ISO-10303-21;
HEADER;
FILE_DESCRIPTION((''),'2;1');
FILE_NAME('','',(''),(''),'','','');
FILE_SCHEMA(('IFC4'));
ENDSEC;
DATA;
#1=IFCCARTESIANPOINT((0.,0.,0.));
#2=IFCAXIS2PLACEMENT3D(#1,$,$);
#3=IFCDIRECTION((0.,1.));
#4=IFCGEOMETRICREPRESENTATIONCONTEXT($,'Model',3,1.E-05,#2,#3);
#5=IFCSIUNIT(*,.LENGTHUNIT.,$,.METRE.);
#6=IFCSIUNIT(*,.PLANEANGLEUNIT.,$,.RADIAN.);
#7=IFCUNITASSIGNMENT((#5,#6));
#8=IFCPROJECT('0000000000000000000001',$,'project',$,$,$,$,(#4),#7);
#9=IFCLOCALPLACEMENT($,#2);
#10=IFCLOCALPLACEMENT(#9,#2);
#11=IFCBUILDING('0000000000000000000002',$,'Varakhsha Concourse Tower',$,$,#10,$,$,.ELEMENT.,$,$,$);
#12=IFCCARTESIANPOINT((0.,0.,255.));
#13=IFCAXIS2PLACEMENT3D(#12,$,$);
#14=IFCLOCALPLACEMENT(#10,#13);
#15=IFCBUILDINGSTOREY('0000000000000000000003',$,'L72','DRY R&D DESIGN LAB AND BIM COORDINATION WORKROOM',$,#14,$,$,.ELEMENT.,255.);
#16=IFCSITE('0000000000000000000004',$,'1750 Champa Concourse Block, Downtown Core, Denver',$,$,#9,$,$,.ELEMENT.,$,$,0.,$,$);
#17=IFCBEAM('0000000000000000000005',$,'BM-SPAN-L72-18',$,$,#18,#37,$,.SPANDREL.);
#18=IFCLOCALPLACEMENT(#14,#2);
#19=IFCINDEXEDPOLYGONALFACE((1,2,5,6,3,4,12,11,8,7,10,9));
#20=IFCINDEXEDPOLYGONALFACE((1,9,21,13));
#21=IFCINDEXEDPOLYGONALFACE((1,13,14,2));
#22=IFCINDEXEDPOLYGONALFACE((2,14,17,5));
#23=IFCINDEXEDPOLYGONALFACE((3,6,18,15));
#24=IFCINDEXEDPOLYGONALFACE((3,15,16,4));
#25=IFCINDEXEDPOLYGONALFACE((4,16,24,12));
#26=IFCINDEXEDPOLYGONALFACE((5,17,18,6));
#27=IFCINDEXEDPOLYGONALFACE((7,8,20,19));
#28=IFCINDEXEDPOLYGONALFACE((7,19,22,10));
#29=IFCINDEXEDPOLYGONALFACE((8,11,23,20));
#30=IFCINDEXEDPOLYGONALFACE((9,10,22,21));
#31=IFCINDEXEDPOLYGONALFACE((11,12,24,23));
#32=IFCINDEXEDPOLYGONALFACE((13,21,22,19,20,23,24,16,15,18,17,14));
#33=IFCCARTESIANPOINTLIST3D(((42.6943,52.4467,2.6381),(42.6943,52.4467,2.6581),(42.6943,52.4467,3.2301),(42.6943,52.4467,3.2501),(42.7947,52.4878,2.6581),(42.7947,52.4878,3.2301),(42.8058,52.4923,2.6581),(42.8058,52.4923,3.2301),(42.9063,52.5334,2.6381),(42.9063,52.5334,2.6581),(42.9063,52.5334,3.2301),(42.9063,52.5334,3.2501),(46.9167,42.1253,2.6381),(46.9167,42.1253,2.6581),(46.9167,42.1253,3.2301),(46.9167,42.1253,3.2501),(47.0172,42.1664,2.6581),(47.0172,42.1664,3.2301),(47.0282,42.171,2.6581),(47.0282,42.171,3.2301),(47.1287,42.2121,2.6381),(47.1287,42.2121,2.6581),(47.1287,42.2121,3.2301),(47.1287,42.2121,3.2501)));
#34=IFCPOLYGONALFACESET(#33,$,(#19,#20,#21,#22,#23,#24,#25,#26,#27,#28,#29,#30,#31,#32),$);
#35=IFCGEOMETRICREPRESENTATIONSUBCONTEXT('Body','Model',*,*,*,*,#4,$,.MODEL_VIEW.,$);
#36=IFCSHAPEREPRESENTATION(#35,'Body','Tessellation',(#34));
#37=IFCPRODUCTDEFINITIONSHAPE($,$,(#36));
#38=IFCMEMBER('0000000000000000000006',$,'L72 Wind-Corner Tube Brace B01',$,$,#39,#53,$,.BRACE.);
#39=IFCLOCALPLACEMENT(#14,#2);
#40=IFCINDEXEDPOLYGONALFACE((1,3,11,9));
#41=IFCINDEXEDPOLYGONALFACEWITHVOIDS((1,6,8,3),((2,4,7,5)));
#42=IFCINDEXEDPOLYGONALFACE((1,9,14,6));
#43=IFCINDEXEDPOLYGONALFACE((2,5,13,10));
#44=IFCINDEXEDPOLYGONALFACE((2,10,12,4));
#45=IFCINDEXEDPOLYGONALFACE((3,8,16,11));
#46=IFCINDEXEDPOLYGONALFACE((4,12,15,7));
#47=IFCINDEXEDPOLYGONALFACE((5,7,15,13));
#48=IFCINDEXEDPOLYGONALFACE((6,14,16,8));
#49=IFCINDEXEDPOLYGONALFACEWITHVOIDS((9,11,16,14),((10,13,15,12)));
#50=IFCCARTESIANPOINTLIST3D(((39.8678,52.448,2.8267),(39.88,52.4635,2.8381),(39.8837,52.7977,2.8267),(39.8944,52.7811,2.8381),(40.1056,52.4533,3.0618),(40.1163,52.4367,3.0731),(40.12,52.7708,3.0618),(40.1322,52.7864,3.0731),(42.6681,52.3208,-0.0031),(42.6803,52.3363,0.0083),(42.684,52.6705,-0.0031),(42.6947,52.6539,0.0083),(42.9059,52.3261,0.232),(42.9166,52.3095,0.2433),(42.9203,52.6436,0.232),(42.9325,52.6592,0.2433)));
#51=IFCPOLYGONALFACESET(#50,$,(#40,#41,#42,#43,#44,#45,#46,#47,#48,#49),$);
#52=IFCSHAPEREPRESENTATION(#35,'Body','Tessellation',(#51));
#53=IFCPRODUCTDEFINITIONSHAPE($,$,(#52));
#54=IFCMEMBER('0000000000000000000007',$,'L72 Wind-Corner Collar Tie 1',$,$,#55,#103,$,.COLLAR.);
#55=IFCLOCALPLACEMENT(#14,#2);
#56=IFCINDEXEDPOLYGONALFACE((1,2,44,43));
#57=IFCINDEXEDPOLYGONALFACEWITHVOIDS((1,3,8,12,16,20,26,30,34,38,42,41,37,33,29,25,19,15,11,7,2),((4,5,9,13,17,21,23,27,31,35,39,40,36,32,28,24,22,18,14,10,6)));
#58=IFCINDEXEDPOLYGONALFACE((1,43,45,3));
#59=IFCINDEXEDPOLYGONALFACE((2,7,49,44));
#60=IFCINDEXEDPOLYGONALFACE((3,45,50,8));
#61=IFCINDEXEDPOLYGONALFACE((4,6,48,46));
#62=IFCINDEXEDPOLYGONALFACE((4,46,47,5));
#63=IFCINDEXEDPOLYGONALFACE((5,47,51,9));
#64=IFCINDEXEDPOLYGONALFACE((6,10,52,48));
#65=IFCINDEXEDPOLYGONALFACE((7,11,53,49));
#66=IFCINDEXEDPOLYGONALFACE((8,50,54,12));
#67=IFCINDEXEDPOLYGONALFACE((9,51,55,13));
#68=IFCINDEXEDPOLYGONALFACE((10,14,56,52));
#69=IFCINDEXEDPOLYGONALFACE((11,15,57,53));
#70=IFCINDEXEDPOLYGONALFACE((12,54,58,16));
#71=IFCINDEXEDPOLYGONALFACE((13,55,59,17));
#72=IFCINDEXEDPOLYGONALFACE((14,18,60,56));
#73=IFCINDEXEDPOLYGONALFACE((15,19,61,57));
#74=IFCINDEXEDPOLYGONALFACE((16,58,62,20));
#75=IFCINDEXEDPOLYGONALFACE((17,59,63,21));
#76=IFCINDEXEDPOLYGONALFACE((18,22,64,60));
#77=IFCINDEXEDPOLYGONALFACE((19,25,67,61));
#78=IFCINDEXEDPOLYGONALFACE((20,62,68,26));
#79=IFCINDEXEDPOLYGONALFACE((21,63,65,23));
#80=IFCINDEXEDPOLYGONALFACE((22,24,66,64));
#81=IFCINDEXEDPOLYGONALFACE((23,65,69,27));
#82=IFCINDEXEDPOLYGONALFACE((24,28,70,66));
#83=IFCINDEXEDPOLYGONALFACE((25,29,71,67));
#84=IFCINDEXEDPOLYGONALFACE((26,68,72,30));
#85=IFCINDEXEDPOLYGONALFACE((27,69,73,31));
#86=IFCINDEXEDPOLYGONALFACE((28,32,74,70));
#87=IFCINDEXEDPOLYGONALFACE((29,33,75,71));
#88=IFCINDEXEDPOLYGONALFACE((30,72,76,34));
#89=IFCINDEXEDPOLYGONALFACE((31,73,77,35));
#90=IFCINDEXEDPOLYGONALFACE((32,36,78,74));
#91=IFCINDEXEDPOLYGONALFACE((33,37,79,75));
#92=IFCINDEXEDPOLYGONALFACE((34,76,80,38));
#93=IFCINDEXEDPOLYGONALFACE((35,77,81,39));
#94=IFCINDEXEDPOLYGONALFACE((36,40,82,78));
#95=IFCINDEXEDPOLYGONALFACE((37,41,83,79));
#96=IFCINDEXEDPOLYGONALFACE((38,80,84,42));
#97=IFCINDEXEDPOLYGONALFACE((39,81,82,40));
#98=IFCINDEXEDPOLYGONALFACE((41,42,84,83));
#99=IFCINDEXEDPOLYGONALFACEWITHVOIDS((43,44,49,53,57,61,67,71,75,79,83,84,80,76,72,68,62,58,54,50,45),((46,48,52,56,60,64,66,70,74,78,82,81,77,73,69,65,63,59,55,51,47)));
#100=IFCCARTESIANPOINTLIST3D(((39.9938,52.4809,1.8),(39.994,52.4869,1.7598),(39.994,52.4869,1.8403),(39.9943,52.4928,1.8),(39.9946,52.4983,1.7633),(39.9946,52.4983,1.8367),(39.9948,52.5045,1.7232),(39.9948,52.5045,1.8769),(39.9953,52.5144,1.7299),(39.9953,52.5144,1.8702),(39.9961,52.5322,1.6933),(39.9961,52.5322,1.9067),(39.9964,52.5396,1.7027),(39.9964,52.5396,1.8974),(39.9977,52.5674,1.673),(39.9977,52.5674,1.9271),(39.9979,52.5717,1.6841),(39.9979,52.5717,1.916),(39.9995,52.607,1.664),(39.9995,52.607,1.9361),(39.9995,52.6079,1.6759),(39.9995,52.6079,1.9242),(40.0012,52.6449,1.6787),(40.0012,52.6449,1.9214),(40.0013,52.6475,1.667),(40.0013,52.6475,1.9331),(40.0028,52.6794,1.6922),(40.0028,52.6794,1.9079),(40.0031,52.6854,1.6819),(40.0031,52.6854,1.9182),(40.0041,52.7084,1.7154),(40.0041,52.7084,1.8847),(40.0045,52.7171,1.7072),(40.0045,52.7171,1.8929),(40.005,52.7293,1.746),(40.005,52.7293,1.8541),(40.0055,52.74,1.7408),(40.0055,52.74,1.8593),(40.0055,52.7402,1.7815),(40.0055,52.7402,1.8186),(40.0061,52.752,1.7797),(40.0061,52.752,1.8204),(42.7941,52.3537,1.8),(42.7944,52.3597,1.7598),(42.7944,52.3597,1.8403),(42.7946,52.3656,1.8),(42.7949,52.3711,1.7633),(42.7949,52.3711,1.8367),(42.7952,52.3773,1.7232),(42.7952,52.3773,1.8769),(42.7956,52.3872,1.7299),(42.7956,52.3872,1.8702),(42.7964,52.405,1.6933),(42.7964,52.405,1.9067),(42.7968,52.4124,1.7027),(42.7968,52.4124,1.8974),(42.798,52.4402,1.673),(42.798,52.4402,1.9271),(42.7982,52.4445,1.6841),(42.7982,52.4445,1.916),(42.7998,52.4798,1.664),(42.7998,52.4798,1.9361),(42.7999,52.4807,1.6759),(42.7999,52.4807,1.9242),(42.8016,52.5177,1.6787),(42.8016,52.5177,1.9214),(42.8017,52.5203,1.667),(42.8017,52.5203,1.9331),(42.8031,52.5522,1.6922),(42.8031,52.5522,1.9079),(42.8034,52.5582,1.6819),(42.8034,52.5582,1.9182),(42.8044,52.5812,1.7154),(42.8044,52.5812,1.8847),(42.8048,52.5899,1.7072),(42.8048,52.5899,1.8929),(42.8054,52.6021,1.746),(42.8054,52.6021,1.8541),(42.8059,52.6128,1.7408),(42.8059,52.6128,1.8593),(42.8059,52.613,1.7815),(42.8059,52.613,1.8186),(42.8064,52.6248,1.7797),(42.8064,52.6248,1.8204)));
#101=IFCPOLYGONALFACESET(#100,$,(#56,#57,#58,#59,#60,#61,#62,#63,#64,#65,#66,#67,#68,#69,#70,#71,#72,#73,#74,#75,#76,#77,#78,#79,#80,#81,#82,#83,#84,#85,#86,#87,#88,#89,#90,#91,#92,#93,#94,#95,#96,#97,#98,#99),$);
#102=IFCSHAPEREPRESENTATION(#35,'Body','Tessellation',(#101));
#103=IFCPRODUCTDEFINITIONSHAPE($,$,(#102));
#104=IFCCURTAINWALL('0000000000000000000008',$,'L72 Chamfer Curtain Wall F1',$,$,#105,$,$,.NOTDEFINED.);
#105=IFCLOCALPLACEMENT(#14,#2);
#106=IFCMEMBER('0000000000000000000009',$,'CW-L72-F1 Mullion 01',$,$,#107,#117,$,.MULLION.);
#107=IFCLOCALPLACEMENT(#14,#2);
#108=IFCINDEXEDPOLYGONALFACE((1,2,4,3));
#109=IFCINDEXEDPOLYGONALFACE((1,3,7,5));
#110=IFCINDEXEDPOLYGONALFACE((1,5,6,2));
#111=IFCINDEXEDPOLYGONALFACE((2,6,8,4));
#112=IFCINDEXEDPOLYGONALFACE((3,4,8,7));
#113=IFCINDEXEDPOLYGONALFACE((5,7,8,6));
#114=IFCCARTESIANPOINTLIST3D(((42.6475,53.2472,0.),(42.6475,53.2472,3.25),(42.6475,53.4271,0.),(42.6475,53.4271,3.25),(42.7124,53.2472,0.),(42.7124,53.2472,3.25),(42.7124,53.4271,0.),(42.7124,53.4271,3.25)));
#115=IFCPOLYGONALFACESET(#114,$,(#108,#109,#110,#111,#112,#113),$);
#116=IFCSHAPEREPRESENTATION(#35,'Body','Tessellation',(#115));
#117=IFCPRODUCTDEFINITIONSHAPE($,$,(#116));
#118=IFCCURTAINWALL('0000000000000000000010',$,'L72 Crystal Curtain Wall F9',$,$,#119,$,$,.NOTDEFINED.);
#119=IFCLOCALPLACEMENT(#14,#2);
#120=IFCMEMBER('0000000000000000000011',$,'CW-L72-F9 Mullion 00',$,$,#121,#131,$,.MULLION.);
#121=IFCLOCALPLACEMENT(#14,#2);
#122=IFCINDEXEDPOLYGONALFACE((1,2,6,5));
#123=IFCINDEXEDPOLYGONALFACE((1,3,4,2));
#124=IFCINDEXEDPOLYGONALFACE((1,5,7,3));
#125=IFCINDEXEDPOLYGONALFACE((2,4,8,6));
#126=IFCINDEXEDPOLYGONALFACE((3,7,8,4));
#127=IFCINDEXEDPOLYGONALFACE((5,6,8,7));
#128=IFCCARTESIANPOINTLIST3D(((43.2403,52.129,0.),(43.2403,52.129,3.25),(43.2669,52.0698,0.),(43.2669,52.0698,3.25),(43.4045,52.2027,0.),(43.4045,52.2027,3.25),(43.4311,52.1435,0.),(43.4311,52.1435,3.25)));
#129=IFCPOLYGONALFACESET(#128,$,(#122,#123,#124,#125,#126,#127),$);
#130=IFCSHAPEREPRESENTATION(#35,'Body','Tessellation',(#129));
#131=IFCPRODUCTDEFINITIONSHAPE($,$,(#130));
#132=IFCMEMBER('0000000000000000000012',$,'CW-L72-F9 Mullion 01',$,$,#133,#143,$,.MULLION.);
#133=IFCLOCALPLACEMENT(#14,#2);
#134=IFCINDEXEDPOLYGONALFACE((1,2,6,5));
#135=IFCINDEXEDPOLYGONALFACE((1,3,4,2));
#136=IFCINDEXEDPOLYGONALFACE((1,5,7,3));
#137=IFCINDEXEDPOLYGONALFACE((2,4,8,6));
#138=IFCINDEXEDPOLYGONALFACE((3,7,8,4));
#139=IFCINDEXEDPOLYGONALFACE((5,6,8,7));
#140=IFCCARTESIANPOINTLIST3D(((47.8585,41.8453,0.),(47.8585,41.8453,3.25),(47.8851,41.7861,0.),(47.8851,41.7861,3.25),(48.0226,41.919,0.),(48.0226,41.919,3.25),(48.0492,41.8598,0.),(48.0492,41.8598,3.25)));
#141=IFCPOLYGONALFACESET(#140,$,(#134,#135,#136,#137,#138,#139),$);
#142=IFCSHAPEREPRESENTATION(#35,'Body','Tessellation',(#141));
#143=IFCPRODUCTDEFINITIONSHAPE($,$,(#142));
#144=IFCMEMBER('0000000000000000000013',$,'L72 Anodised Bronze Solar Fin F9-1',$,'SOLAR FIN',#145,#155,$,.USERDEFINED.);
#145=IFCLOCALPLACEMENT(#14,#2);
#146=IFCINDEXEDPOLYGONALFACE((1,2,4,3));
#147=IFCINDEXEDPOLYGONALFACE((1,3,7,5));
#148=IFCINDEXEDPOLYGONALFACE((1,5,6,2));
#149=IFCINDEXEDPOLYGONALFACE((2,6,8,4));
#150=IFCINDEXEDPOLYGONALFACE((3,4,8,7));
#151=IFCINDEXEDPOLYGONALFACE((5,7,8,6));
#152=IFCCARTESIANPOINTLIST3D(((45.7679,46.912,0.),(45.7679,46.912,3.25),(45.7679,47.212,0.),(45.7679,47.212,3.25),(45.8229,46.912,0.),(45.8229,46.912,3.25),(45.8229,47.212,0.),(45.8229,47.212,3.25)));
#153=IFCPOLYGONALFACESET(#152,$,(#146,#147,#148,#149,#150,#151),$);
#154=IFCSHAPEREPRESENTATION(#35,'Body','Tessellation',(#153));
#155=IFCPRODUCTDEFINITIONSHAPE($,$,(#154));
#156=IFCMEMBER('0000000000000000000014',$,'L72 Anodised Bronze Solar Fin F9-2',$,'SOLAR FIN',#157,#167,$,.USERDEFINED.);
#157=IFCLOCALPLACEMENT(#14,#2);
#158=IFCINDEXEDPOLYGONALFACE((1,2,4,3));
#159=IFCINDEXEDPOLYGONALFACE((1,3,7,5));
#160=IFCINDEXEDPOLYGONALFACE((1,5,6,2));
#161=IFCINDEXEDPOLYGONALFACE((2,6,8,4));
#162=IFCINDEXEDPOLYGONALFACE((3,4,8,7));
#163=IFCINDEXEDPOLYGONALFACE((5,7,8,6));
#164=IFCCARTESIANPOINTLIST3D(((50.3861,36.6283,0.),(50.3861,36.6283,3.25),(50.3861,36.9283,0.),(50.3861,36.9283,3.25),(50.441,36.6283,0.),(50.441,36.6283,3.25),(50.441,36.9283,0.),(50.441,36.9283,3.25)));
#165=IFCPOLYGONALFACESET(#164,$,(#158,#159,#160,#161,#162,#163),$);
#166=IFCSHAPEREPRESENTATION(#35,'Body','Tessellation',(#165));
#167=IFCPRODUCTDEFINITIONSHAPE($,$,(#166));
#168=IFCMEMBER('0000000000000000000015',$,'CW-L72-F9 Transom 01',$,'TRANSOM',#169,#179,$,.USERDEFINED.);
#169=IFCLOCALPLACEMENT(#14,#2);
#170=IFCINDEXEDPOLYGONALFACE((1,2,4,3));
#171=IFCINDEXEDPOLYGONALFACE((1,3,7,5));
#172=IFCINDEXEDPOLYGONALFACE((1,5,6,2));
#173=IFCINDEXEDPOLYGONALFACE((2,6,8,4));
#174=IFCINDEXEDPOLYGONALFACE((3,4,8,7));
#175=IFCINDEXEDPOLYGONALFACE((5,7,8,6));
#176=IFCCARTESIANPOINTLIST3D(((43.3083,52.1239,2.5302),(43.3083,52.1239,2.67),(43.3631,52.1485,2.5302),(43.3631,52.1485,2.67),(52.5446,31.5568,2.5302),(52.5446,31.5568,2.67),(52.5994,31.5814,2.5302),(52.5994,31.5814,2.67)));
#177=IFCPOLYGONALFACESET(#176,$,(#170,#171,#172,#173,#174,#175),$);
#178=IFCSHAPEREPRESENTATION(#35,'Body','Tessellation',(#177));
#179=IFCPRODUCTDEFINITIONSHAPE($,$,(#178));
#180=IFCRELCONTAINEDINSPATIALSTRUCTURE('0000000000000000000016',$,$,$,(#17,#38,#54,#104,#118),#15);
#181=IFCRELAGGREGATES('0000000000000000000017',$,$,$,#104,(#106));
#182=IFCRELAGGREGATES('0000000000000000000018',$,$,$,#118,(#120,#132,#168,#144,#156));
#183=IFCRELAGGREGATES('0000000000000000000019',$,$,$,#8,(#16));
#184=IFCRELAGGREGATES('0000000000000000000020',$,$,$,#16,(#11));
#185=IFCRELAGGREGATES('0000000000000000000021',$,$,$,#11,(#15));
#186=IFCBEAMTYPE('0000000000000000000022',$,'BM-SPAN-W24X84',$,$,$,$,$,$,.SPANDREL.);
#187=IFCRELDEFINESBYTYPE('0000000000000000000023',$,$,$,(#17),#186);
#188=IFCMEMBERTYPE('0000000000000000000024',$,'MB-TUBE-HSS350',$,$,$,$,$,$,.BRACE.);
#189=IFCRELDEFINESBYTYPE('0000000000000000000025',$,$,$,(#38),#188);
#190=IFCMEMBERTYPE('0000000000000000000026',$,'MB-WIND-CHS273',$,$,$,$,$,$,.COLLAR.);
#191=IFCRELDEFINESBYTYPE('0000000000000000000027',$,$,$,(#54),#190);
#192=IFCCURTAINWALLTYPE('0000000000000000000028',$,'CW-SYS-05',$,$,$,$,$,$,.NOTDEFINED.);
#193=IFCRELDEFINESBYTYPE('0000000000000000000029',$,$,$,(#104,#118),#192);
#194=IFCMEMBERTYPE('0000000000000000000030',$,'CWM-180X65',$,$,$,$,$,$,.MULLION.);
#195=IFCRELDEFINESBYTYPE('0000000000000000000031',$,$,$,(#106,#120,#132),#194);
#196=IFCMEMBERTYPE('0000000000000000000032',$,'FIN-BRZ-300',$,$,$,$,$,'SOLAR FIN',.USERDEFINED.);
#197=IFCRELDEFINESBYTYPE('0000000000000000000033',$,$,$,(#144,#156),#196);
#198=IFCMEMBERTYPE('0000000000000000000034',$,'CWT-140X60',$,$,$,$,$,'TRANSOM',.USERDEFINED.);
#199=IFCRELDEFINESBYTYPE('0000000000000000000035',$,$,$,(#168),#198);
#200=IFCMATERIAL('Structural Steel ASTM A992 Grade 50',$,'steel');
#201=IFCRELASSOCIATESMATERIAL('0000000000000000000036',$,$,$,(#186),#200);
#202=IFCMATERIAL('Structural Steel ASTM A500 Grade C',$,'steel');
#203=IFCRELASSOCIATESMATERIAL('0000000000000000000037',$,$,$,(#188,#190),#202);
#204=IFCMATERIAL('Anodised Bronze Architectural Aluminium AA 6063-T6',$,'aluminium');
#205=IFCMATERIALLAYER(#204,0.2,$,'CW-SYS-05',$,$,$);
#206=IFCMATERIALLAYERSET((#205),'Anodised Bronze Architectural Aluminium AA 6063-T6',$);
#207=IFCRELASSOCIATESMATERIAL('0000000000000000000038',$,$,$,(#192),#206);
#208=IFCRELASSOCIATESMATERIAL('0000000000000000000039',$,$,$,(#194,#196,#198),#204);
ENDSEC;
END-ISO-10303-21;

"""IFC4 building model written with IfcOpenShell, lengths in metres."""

from ifc_helpers import new_model, si_unit, direction, frame, origin, origin_2d, place, context, subcontext, project, spatial, rectangle, hollow_rectangle, hollow_circle, i_section, extrude, source, transform, mapped, material, layer, layer_set, material_profile, profile_set, type_object, type_shapes, element, aggregate, save


model = new_model("IFC4")

# Units and contexts
model_context = context("Model", 3, precision=1e-05, world=origin(), true_north=direction((0.0, 1.0)))
body_context = subcontext(model_context, "Body", "Model", "MODEL_VIEW")
ifc_project = project(units=[si_unit("LENGTHUNIT", "METRE"), si_unit("PLANEANGLEUNIT", "RADIAN")], contexts=[model_context])

# Site, building, storey
site_placement = place(None, origin())
site = spatial("IfcSite", under=ifc_project, at=site_placement, Name="1750 Champa Concourse Block, Downtown Core, Denver", CompositionType="ELEMENT", RefElevation=0.0)
building_placement = place(site_placement, origin())
building = spatial("IfcBuilding", under=site, at=building_placement, Name="Varakhsha Concourse Tower", CompositionType="ELEMENT")
storey_placement = place(building_placement, frame((0.0, 0.0, 255.0)))
storey = spatial("IfcBuildingStorey", under=building, at=storey_placement, Name="L72", Description="DRY R&D DESIGN LAB AND BIM COORDINATION WORKROOM", CompositionType="ELEMENT", Elevation=255.0)

# Shared definitions
ifc_material_1 = material(Name="Structural Steel ASTM A992 Grade 50", Category="steel")

# Beam
ifc_material_profile_1 = material_profile(ifc_material_1, i_section(OverallWidth=0.229, OverallDepth=0.6121, WebThickness=0.012, FlangeThickness=0.02, at=origin_2d()), Name="W24X84")
ifc_profile_set_1 = profile_set([ifc_material_profile_1], Name="Structural Steel ASTM A992 Grade 50")
beam_type_1 = type_object("IfcBeamType", Name="BM-SPAN-W24X84", PredefinedType="SPANDREL", material=ifc_profile_set_1)
beam_1_placement = place(storey_placement, frame((47.0227, 42.1687, 2.9441), z_axis=(-0.378638, 0.925545, 0.0), x_axis=(-0.925545, -0.378638, 0.0)))
element("IfcBeam", 1, at=beam_1_placement, inside=storey, type_object=beam_type_1, Name="BM-SPAN-L72-18", PredefinedType="SPANDREL", context=body_context, shape_type="SweptSolid", body=[
    extrude(i_section(OverallWidth=0.229, OverallDepth=0.6121, WebThickness=0.012, FlangeThickness=0.02, at=origin_2d()), origin(), (0.0, 0.0, 1.0), 11.1516),
])

# Members
ifc_material_2 = material(Name="Structural Steel ASTM A500 Grade C", Category="steel")
ifc_material_profile_2 = material_profile(ifc_material_2, hollow_rectangle(XDim=0.3501, YDim=0.3501, WallThickness=0.0161, at=origin_2d()), Name="HSS 350x350x16")
ifc_profile_set_2 = profile_set([ifc_material_profile_2], Name="Structural Steel ASTM A500 Grade C")
member_type_1 = type_object("IfcMemberType", Name="MB-TUBE-HSS350", PredefinedType="BRACE", material=ifc_profile_set_2)
shared_shape_1 = source(origin(), body_context, "Body", "SweptSolid", [
    extrude(hollow_rectangle(XDim=0.3501, YDim=0.3501, WallThickness=0.0161, at=origin_2d()), origin(), (0.0, 0.0, 1.0), 3.9832),
])
type_shapes(member_type_1, [shared_shape_1])
member_1_placement = place(storey_placement, frame((42.8003, 52.49, 0.1201), z_axis=(-0.703028, 0.031934, 0.710445), x_axis=(-0.045376, -0.99897, 0.0)))
element("IfcMember", 2, at=member_1_placement, inside=storey, type_object=member_type_1, Name="L72 Wind-Corner Tube Brace B01", PredefinedType="BRACE", context=body_context, shape_type="MappedRepresentation", body=[
    mapped(shared_shape_1, transform((0.0, 0.0, 0.0), scale=1.0)),
])
ifc_material_profile_3 = material_profile(ifc_material_2, hollow_circle(Radius=0.1365, WallThickness=0.012, at=origin_2d()), Name="CHS 273x12")
ifc_profile_set_3 = profile_set([ifc_material_profile_3], Name="Structural Steel ASTM A500 Grade C")
member_type_2 = type_object("IfcMemberType", Name="MB-WIND-CHS273", PredefinedType="COLLAR", material=ifc_profile_set_3)
shared_shape_2 = source(origin(), body_context, "Body", "SweptSolid", [
    extrude(hollow_circle(Radius=0.1365, WallThickness=0.012, at=origin_2d()), origin(), (0.0, 0.0, 1.0), 2.8032),
])
type_shapes(member_type_2, [shared_shape_2])
member_2_placement = place(storey_placement, frame((42.8003, 52.49, 1.8), z_axis=(-0.99897, 0.045376, 0.0), x_axis=(-0.045376, -0.99897, 0.0)))
element("IfcMember", 3, at=member_2_placement, inside=storey, type_object=member_type_2, Name="L72 Wind-Corner Collar Tie 1", PredefinedType="COLLAR", context=body_context, shape_type="MappedRepresentation", body=[
    mapped(shared_shape_2, transform((0.0, 0.0, 0.0), scale=1.0)),
])

# Curtain wall, member
ifc_material_3 = material(Name="Anodised Bronze Architectural Aluminium AA 6063-T6", Category="aluminium")
ifc_layer_1 = layer(ifc_material_3, 0.2, Name="CW-SYS-05")
ifc_layer_set_1 = layer_set([ifc_layer_1], Name="Anodised Bronze Architectural Aluminium AA 6063-T6")
curtain_wall_type = type_object("IfcCurtainWallType", Name="CW-SYS-05", PredefinedType="NOTDEFINED", material=ifc_layer_set_1)
curtain_wall_1_placement = place(storey_placement, origin())
curtain_wall_1 = element("IfcCurtainWall", 4, at=curtain_wall_1_placement, inside=storey, type_object=curtain_wall_type, Name="L72 Chamfer Curtain Wall F1", PredefinedType="NOTDEFINED")
ifc_material_profile_4 = material_profile(ifc_material_3, rectangle(XDim=0.0649, YDim=0.1799, at=origin_2d()), Name="CWM-180X65")
ifc_profile_set_4 = profile_set([ifc_material_profile_4], Name="Anodised Bronze Architectural Aluminium AA 6063-T6")
member_type_3 = type_object("IfcMemberType", Name="CWM-180X65", PredefinedType="MULLION", material=ifc_profile_set_4)
shared_shape_3 = source(origin(), body_context, "Body", "SweptSolid", [
    extrude(rectangle(XDim=0.0649, YDim=0.1799, at=origin_2d()), origin(), (0.0, 0.0, 1.0), 3.25),
])
type_shapes(member_type_3, [shared_shape_3])
member_3_placement = place(storey_placement, frame((42.6799, 53.3372, 0.0), z_axis=(0.0, 0.0, 1.0), x_axis=(1.0, 0.0, 0.0)))
member_3 = element("IfcMember", 5, at=member_3_placement, type_object=member_type_3, Name="CW-L72-F1 Mullion 01", PredefinedType="MULLION", context=body_context, shape_type="MappedRepresentation", body=[
    mapped(shared_shape_3, transform((0.0, 0.0, 0.0), scale=1.0)),
])

# Curtain wall, members
curtain_wall_2_placement = place(storey_placement, origin())
curtain_wall_2 = element("IfcCurtainWall", 6, at=curtain_wall_2_placement, inside=storey, type_object=curtain_wall_type, Name="L72 Crystal Curtain Wall F9", PredefinedType="NOTDEFINED")
member_4_placement = place(storey_placement, frame((43.3357, 52.1362, 0.0), z_axis=(0.0, 0.0, 1.0), x_axis=(0.409662, -0.912237, 0.0)))
member_4 = element("IfcMember", 7, at=member_4_placement, type_object=member_type_3, Name="CW-L72-F9 Mullion 00", PredefinedType="MULLION", context=body_context, shape_type="MappedRepresentation", body=[
    mapped(shared_shape_3, transform((0.0, 0.0, 0.0), scale=1.0)),
])
member_5_placement = place(storey_placement, frame((47.9539, 41.8525, 0.0), z_axis=(0.0, 0.0, 1.0), x_axis=(0.409662, -0.912237, 0.0)))
member_5 = element("IfcMember", 8, at=member_5_placement, type_object=member_type_3, Name="CW-L72-F9 Mullion 01", PredefinedType="MULLION", context=body_context, shape_type="MappedRepresentation", body=[
    mapped(shared_shape_3, transform((0.0, 0.0, 0.0), scale=1.0)),
])
ifc_material_profile_5 = material_profile(ifc_material_3, rectangle(XDim=0.0549, YDim=0.3, at=origin_2d()), Name="FIN-BRZ-300")
ifc_profile_set_5 = profile_set([ifc_material_profile_5], Name="Anodised Bronze Architectural Aluminium AA 6063-T6")
member_type_4 = type_object("IfcMemberType", Name="FIN-BRZ-300", ElementType="SOLAR FIN", PredefinedType="USERDEFINED", material=ifc_profile_set_5)
shared_shape_4 = source(origin(), body_context, "Body", "SweptSolid", [
    extrude(rectangle(XDim=0.0549, YDim=0.3, at=origin_2d()), origin(), (0.0, 0.0, 1.0), 3.25),
])
type_shapes(member_type_4, [shared_shape_4])
member_6_placement = place(storey_placement, frame((45.7954, 47.062, 0.0), z_axis=(0.0, 0.0, 1.0), x_axis=(1.0, 0.0, 0.0)))
member_6 = element("IfcMember", 9, at=member_6_placement, type_object=member_type_4, Name="L72 Anodised Bronze Solar Fin F9-1", ObjectType="SOLAR FIN", PredefinedType="USERDEFINED", context=body_context, shape_type="MappedRepresentation", body=[
    mapped(shared_shape_4, transform((0.0, 0.0, 0.0), scale=1.0)),
])
member_7_placement = place(storey_placement, frame((50.4136, 36.7783, 0.0), z_axis=(0.0, 0.0, 1.0), x_axis=(1.0, 0.0, 0.0)))
member_7 = element("IfcMember", 10, at=member_7_placement, type_object=member_type_4, Name="L72 Anodised Bronze Solar Fin F9-2", ObjectType="SOLAR FIN", PredefinedType="USERDEFINED", context=body_context, shape_type="MappedRepresentation", body=[
    mapped(shared_shape_4, transform((0.0, 0.0, 0.0), scale=1.0)),
])
ifc_material_profile_6 = material_profile(ifc_material_3, rectangle(XDim=0.0601, YDim=0.1399, at=origin_2d()), Name="CWT-140X60")
ifc_profile_set_6 = profile_set([ifc_material_profile_6], Name="Anodised Bronze Architectural Aluminium AA 6063-T6")
member_type_5 = type_object("IfcMemberType", Name="CWT-140X60", ElementType="TRANSOM", PredefinedType="USERDEFINED", material=ifc_profile_set_6)
shared_shape_5 = source(origin(), body_context, "Body", "SweptSolid", [
    extrude(rectangle(XDim=0.0601, YDim=0.1399, at=origin_2d()), origin(), (0.0, 0.0, 1.0), 22.5459),
])
type_shapes(member_type_5, [shared_shape_5])
member_8_placement = place(storey_placement, frame((43.3357, 52.1362, 2.6001), z_axis=(0.409668, -0.912235, 0.0), x_axis=(0.912235, 0.409668, 0.0)))
member_8 = element("IfcMember", 11, at=member_8_placement, type_object=member_type_5, Name="CW-L72-F9 Transom 01", ObjectType="TRANSOM", PredefinedType="USERDEFINED", context=body_context, shape_type="MappedRepresentation", body=[
    mapped(shared_shape_5, transform((0.0, 0.0, 0.0), scale=1.0)),
])

aggregate(curtain_wall_1, [member_3])
aggregate(curtain_wall_2, [member_4, member_5, member_8, member_6, member_7])

save(model, "model.ifc")
